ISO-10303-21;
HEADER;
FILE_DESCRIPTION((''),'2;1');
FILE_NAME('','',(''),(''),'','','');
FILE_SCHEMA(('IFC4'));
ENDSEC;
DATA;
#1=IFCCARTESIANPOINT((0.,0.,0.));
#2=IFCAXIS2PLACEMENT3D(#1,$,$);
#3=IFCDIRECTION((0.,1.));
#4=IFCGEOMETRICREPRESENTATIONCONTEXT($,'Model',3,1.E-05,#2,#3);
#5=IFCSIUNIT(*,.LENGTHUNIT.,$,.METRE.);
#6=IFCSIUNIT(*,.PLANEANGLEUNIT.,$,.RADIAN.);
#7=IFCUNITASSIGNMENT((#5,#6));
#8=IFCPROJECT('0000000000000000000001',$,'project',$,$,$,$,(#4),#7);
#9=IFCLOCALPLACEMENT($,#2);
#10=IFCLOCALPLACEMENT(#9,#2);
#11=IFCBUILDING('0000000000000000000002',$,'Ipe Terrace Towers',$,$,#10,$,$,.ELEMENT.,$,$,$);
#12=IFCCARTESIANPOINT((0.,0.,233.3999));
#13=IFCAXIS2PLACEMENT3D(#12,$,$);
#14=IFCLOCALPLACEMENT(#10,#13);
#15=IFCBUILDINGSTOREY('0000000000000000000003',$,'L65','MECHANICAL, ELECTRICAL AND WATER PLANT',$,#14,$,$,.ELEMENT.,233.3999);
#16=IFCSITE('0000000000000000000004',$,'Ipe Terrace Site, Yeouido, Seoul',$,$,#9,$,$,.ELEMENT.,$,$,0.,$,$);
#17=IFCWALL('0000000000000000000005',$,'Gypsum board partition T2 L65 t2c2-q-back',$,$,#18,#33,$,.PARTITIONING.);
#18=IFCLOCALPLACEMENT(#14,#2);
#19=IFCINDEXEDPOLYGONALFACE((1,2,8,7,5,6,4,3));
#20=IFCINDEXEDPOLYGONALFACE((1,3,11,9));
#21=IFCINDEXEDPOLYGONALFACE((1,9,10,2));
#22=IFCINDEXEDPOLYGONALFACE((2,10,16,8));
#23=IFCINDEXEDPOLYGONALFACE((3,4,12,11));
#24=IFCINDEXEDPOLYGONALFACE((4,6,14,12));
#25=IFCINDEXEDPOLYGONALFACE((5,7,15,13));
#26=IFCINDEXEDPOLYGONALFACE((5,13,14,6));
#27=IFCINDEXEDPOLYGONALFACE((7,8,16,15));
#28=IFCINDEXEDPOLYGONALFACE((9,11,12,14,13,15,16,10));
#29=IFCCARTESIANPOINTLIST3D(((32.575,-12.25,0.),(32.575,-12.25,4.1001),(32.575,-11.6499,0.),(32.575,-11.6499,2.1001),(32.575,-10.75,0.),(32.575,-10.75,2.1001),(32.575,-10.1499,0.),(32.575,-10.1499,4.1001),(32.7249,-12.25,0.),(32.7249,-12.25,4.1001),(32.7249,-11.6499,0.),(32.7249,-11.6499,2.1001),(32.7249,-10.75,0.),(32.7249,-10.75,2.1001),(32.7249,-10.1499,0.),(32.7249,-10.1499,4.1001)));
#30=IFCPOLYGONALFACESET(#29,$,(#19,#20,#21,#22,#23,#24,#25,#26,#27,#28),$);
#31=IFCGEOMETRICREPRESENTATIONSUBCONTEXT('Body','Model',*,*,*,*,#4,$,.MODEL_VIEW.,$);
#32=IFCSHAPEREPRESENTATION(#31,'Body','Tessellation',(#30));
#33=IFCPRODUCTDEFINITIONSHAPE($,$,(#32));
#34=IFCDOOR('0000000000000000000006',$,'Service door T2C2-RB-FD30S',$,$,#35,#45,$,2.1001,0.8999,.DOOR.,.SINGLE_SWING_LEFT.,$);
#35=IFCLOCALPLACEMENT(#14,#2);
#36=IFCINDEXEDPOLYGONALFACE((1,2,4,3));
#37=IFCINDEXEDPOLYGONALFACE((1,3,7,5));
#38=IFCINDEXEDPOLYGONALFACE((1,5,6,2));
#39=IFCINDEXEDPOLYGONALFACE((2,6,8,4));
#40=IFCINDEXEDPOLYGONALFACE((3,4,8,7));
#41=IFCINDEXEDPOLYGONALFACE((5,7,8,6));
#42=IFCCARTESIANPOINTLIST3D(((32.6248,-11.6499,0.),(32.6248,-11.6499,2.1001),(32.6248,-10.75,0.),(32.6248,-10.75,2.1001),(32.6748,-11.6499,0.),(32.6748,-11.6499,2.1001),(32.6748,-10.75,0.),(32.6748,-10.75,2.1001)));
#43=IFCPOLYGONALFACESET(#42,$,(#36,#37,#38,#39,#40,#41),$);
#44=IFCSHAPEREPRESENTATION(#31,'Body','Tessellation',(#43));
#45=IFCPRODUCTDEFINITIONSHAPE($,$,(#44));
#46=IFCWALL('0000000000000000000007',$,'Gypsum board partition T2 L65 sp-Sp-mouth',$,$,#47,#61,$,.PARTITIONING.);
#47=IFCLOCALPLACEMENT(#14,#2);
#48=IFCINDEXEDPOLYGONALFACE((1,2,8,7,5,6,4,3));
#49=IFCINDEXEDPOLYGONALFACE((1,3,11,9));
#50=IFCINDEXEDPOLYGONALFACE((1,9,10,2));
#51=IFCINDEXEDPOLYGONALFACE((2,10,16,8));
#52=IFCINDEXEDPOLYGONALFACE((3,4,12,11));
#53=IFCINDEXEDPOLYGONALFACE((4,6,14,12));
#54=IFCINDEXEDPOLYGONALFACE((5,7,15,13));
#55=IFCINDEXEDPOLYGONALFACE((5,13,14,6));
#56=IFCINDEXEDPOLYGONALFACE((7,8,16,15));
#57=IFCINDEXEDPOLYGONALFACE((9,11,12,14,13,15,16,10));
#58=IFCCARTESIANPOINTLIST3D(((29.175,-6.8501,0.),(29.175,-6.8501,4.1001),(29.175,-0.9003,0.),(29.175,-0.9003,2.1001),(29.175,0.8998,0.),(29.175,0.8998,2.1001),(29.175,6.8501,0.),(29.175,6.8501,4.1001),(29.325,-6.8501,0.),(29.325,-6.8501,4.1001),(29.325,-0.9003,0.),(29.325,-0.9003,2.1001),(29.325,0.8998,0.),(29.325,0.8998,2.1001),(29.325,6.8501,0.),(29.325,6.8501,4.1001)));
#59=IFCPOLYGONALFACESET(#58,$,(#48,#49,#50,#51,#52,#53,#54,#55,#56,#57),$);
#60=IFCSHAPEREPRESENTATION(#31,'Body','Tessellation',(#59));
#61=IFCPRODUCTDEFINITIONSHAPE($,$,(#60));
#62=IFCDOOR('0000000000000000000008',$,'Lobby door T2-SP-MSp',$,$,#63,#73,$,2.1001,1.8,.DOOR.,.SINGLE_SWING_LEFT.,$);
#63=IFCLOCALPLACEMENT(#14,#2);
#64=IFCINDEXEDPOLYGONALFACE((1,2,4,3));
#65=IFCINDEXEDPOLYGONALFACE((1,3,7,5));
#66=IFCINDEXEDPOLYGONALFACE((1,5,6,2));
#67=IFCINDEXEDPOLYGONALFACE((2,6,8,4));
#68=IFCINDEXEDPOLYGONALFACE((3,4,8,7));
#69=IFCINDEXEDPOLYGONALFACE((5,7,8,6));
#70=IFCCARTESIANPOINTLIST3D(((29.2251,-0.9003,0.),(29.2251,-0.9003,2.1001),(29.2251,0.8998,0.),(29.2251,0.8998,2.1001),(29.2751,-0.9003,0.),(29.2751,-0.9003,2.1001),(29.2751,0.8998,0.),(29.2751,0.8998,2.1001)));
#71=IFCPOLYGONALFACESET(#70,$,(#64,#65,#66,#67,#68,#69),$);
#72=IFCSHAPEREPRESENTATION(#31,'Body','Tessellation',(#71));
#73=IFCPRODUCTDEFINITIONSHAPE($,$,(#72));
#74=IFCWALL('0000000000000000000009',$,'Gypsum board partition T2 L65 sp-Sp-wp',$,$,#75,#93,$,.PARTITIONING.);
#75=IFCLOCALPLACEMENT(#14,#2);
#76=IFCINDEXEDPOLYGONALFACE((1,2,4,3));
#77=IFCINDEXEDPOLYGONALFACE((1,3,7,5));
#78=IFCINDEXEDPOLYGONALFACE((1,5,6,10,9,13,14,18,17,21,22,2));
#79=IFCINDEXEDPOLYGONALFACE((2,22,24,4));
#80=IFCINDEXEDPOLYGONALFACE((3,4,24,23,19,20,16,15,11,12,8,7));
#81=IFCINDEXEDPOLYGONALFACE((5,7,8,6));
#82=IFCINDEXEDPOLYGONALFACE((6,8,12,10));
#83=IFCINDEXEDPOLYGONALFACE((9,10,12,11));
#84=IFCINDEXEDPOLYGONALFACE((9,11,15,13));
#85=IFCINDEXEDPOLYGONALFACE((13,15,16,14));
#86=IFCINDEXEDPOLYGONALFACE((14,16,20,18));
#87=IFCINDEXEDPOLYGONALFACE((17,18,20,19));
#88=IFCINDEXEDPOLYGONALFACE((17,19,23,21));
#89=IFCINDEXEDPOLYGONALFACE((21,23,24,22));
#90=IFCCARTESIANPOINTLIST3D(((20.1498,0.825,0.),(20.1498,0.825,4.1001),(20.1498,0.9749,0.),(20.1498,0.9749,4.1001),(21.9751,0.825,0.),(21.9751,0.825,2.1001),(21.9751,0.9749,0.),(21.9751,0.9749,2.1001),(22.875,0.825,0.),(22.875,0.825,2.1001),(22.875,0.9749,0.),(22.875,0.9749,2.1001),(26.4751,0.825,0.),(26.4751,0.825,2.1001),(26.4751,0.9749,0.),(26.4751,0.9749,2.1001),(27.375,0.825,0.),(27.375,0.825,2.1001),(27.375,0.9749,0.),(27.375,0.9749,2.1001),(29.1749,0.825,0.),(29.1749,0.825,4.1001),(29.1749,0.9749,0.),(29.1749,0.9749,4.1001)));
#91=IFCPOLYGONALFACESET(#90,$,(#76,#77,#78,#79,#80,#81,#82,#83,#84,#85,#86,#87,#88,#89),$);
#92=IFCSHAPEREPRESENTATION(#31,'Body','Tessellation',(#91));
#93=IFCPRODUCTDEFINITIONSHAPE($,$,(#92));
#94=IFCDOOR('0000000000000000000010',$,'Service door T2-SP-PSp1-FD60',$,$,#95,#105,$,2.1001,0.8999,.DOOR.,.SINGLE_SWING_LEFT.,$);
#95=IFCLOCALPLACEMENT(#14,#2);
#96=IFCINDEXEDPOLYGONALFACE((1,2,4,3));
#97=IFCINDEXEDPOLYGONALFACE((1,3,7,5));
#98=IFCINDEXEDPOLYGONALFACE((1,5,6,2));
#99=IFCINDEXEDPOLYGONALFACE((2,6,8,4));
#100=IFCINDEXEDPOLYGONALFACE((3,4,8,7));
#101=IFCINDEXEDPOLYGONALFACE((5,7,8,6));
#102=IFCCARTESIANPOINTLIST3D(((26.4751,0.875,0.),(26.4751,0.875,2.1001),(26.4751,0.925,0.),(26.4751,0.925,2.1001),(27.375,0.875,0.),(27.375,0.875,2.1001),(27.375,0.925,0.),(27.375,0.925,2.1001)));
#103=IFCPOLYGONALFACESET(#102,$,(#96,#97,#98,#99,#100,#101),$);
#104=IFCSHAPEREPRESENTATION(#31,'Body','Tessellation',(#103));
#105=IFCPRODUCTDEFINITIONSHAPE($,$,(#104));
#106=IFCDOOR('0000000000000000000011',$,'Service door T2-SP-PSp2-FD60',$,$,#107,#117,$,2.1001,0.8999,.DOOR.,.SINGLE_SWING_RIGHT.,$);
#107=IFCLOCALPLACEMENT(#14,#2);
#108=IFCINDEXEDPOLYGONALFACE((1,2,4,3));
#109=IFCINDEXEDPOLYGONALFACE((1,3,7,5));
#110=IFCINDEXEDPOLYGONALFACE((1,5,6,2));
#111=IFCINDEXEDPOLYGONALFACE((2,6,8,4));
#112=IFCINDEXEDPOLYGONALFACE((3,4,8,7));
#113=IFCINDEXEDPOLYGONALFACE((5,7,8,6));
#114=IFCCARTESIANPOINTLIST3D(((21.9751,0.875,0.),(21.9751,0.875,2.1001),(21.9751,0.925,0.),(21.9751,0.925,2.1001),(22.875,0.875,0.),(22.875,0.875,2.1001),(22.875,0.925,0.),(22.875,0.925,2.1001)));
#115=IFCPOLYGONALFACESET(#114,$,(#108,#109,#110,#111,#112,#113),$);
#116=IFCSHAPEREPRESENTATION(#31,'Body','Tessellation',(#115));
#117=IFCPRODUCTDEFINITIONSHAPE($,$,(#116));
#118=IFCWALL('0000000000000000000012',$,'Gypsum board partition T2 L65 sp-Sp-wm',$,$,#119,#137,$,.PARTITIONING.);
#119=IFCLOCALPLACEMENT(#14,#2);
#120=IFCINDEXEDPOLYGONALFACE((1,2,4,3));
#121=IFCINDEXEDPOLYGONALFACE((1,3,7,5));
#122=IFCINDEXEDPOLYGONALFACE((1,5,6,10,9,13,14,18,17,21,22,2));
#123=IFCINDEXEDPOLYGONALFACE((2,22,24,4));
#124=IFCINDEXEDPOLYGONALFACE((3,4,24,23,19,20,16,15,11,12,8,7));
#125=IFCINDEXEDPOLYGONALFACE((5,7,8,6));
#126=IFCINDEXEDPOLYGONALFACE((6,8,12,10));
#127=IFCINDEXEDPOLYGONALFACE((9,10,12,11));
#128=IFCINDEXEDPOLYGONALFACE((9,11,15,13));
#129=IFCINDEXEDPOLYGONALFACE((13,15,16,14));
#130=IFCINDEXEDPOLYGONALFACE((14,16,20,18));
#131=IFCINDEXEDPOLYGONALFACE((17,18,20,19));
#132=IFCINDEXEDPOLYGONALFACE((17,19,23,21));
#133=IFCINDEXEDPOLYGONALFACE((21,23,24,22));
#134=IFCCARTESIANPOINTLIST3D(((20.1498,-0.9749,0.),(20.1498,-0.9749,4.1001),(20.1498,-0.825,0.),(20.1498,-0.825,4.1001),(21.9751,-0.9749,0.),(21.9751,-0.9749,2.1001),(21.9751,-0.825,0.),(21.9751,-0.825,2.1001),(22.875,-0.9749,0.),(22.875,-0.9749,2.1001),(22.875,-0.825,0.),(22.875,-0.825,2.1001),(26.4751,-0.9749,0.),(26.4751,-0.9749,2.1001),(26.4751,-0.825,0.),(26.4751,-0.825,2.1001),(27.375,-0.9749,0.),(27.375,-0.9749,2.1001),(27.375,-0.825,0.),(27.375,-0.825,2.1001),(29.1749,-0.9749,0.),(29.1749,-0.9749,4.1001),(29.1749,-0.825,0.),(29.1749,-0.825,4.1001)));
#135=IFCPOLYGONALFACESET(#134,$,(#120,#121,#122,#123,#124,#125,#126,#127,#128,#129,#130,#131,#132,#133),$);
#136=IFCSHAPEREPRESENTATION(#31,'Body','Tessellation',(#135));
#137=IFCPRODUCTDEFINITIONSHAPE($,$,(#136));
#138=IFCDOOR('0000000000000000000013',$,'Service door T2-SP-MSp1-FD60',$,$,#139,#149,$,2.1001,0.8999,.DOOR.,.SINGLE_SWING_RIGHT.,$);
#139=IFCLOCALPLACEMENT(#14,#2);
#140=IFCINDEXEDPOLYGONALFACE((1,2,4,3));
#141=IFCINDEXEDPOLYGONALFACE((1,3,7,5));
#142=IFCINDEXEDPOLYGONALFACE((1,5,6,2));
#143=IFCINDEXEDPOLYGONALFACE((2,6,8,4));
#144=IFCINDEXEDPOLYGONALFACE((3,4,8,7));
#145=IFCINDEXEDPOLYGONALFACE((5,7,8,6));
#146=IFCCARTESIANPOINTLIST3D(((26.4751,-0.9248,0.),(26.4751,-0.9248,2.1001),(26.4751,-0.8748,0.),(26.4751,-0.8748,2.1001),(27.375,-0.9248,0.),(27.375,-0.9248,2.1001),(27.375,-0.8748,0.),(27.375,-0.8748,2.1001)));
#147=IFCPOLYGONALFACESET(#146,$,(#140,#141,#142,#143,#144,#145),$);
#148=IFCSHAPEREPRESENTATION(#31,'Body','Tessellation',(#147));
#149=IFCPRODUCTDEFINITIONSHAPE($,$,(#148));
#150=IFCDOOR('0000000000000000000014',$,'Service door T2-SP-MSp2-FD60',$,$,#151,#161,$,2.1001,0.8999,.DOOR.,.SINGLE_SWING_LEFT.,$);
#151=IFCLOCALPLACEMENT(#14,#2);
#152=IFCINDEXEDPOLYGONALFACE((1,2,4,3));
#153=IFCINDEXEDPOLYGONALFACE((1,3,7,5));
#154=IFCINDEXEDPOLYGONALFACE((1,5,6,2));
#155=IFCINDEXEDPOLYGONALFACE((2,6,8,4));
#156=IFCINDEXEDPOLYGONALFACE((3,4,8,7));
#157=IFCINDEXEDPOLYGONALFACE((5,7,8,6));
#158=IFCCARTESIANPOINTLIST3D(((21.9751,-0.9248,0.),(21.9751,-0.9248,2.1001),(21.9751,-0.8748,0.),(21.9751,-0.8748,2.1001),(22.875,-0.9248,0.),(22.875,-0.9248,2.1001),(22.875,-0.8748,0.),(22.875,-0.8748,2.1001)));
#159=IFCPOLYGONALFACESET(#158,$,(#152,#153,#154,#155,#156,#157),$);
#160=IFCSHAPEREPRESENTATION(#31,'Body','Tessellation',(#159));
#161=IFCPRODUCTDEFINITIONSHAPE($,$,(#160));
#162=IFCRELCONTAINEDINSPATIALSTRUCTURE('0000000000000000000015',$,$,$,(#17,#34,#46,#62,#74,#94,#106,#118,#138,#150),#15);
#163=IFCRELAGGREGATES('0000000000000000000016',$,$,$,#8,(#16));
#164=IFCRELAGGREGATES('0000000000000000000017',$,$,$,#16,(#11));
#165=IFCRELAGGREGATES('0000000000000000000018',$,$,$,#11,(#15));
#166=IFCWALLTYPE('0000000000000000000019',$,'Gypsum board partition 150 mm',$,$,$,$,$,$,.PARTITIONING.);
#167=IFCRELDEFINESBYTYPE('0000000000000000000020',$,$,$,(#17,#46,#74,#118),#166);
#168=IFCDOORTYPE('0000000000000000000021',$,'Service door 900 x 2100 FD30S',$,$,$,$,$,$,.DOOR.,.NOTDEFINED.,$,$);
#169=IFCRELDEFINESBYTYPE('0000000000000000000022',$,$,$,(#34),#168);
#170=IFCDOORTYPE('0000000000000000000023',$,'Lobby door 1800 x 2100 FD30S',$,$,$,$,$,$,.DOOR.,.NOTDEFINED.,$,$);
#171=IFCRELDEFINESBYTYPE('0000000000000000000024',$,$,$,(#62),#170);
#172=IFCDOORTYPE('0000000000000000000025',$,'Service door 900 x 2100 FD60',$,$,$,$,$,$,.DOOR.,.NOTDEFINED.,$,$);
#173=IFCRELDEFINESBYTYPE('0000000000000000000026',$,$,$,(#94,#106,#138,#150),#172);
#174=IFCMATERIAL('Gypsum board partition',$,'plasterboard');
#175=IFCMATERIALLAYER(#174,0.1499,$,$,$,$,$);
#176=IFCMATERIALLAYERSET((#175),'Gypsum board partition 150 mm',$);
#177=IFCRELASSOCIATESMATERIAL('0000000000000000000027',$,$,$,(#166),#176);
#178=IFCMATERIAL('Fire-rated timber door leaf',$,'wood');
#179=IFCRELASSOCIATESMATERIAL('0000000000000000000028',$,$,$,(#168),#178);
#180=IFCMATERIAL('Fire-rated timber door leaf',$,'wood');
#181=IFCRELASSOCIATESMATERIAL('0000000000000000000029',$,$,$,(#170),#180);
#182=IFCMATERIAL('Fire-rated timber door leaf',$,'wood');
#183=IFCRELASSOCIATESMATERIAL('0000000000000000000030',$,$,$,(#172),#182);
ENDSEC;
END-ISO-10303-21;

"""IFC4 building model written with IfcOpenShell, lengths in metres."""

from ifc_helpers import new_model, si_unit, direction, frame, frame_2d, origin, place, context, subcontext, project, spatial, rectangle, extrude, material, layer, layer_set, type_object, element, fill, save


model = new_model("IFC4")

# Units and contexts
model_context = context("Model", 3, precision=1e-05, world=origin(), true_north=direction((0.0, 1.0)))
body_context = subcontext(model_context, "Body", "Model", "MODEL_VIEW")
ifc_project = project(units=[si_unit("LENGTHUNIT", "METRE"), si_unit("PLANEANGLEUNIT", "RADIAN")], contexts=[model_context])

# Site, building, storey
site_placement = place(None, origin())
site = spatial("IfcSite", under=ifc_project, at=site_placement, Name="Ipe Terrace Site, Yeouido, Seoul", CompositionType="ELEMENT", RefElevation=0.0)
building_placement = place(site_placement, origin())
building = spatial("IfcBuilding", under=site, at=building_placement, Name="Ipe Terrace Towers", CompositionType="ELEMENT")
storey_placement = place(building_placement, frame((0.0, 0.0, 233.3999)))
storey = spatial("IfcBuildingStorey", under=building, at=storey_placement, Name="L65", Description="MECHANICAL, ELECTRICAL AND WATER PLANT", CompositionType="ELEMENT", Elevation=233.3999)

# Walls, openings, doors
ifc_material_1 = material(Name="Gypsum board partition", Category="plasterboard")
ifc_layer_1 = layer(ifc_material_1, 0.1499)
ifc_layer_set_1 = layer_set([ifc_layer_1], Name="Gypsum board partition 150 mm")
wall_type_1 = type_object("IfcWallType", Name="Gypsum board partition 150 mm", PredefinedType="PARTITIONING", material=ifc_layer_set_1)
wall_1_placement = place(storey_placement, frame((32.6499, -10.1499, 0.0), z_axis=(0.0, 0.0, 1.0), x_axis=(0.0, -1.0, 0.0)))
wall_1 = element("IfcWall", 1, at=wall_1_placement, inside=storey, type_object=wall_type_1, Name="Gypsum board partition T2 L65 t2c2-q-back", PredefinedType="PARTITIONING", context=body_context, shape_type="SweptSolid", body=[
    extrude(rectangle(XDim=2.1001, YDim=0.1499, at=frame_2d((1.05, 0.0))), origin(), (0.0, 0.0, 1.0), 4.1001),
])
opening_1_placement = place(wall_1_placement, frame((0.6001, 0.0, 0.0)))
opening_1 = element("IfcOpeningElement", 2, at=opening_1_placement, cuts=wall_1, PredefinedType="OPENING", context=body_context, shape_type="SweptSolid", body=[
    extrude(rectangle(XDim=0.8999, YDim=2.1001, at=frame_2d((0.45, 1.05))), frame((0.0, 0.085, 0.0), z_axis=(0.0, -1.0, 0.0), x_axis=(1.0, 0.0, 0.0)), (0.0, 0.0, 1.0), 0.1699),
])
ifc_material_2 = material(Name="Fire-rated timber door leaf", Category="wood")
door_type_1 = type_object("IfcDoorType", Name="Service door 900 x 2100 FD30S", OperationType="NOTDEFINED", PredefinedType="DOOR", material=ifc_material_2)
door_1_placement = place(opening_1_placement, origin())
door_1 = element("IfcDoor", 3, at=door_1_placement, inside=storey, type_object=door_type_1, Name="Service door T2C2-RB-FD30S", OperationType="SINGLE_SWING_LEFT", OverallHeight=2.1001, OverallWidth=0.8999, PredefinedType="DOOR", context=body_context, shape_type="SweptSolid", body=[
    extrude(rectangle(XDim=0.8999, YDim=2.1001, at=frame_2d((0.45, 1.05))), frame((0.0, 0.0249, 0.0), z_axis=(0.0, -1.0, 0.0), x_axis=(1.0, 0.0, 0.0)), (0.0, 0.0, 1.0), 0.05),
])
fill(opening_1, door_1)
wall_2_placement = place(storey_placement, frame((29.25, -6.8501, 0.0), z_axis=(0.0, 0.0, 1.0), x_axis=(0.0, 1.0, 0.0)))
wall_2 = element("IfcWall", 4, at=wall_2_placement, inside=storey, type_object=wall_type_1, Name="Gypsum board partition T2 L65 sp-Sp-mouth", PredefinedType="PARTITIONING", context=body_context, shape_type="SweptSolid", body=[
    extrude(rectangle(XDim=13.7002, YDim=0.1499, at=frame_2d((6.8501, 0.0))), origin(), (0.0, 0.0, 1.0), 4.1001),
])
opening_2_placement = place(wall_2_placement, frame((5.95, 0.0, 0.0)))
opening_2 = element("IfcOpeningElement", 5, at=opening_2_placement, cuts=wall_2, PredefinedType="OPENING", context=body_context, shape_type="SweptSolid", body=[
    extrude(rectangle(XDim=1.8, YDim=2.1001, at=frame_2d((0.8999, 1.05))), frame((0.0, 0.085, 0.0), z_axis=(0.0, -1.0, 0.0), x_axis=(1.0, 0.0, 0.0)), (0.0, 0.0, 1.0), 0.1699),
])
ifc_material_3 = material(Name="Fire-rated timber door leaf", Category="wood")
door_type_2 = type_object("IfcDoorType", Name="Lobby door 1800 x 2100 FD30S", OperationType="NOTDEFINED", PredefinedType="DOOR", material=ifc_material_3)
door_2_placement = place(opening_2_placement, origin())
door_2 = element("IfcDoor", 6, at=door_2_placement, inside=storey, type_object=door_type_2, Name="Lobby door T2-SP-MSp", OperationType="SINGLE_SWING_LEFT", OverallHeight=2.1001, OverallWidth=1.8, PredefinedType="DOOR", context=body_context, shape_type="SweptSolid", body=[
    extrude(rectangle(XDim=1.8, YDim=2.1001, at=frame_2d((0.8999, 1.05))), frame((0.0, 0.0249, 0.0), z_axis=(0.0, -1.0, 0.0), x_axis=(1.0, 0.0, 0.0)), (0.0, 0.0, 1.0), 0.05),
])
fill(opening_2, door_2)

# Walls, openings, doors
wall_3_placement = place(storey_placement, frame((29.175, 0.8999, 0.0), z_axis=(0.0, 0.0, 1.0), x_axis=(-1.0, 0.0, 0.0)))
wall_3 = element("IfcWall", 7, at=wall_3_placement, inside=storey, type_object=wall_type_1, Name="Gypsum board partition T2 L65 sp-Sp-wp", PredefinedType="PARTITIONING", context=body_context, shape_type="SweptSolid", body=[
    extrude(rectangle(XDim=9.0251, YDim=0.1499, at=frame_2d((4.5127, 0.0))), origin(), (0.0, 0.0, 1.0), 4.1001),
])
opening_3_placement = place(wall_3_placement, frame((1.8, 0.0, 0.0)))
opening_3 = element("IfcOpeningElement", 8, at=opening_3_placement, cuts=wall_3, PredefinedType="OPENING", context=body_context, shape_type="SweptSolid", body=[
    extrude(rectangle(XDim=0.8999, YDim=2.1001, at=frame_2d((0.45, 1.05))), frame((0.0, 0.085, 0.0), z_axis=(0.0, -1.0, 0.0), x_axis=(1.0, 0.0, 0.0)), (0.0, 0.0, 1.0), 0.1699),
])
opening_4_placement = place(wall_3_placement, frame((6.3, 0.0, 0.0)))
opening_4 = element("IfcOpeningElement", 9, at=opening_4_placement, cuts=wall_3, PredefinedType="OPENING", context=body_context, shape_type="SweptSolid", body=[
    extrude(rectangle(XDim=0.8999, YDim=2.1001, at=frame_2d((0.45, 1.05))), frame((0.0, 0.085, 0.0), z_axis=(0.0, -1.0, 0.0), x_axis=(1.0, 0.0, 0.0)), (0.0, 0.0, 1.0), 0.1699),
])
ifc_material_4 = material(Name="Fire-rated timber door leaf", Category="wood")
door_type_3 = type_object("IfcDoorType", Name="Service door 900 x 2100 FD60", OperationType="NOTDEFINED", PredefinedType="DOOR", material=ifc_material_4)
door_3_placement = place(opening_3_placement, origin())
door_3 = element("IfcDoor", 10, at=door_3_placement, inside=storey, type_object=door_type_3, Name="Service door T2-SP-PSp1-FD60", OperationType="SINGLE_SWING_LEFT", OverallHeight=2.1001, OverallWidth=0.8999, PredefinedType="DOOR", context=body_context, shape_type="SweptSolid", body=[
    extrude(rectangle(XDim=0.8999, YDim=2.1001, at=frame_2d((0.45, 1.05))), frame((0.0, 0.0249, 0.0), z_axis=(0.0, -1.0, 0.0), x_axis=(1.0, 0.0, 0.0)), (0.0, 0.0, 1.0), 0.05),
])
fill(opening_3, door_3)
door_4_placement = place(opening_4_placement, origin())
door_4 = element("IfcDoor", 11, at=door_4_placement, inside=storey, type_object=door_type_3, Name="Service door T2-SP-PSp2-FD60", OperationType="SINGLE_SWING_RIGHT", OverallHeight=2.1001, OverallWidth=0.8999, PredefinedType="DOOR", context=body_context, shape_type="SweptSolid", body=[
    extrude(rectangle(XDim=0.8999, YDim=2.1001, at=frame_2d((0.45, 1.05))), frame((0.0, 0.0249, 0.0), z_axis=(0.0, -1.0, 0.0), x_axis=(1.0, 0.0, 0.0)), (0.0, 0.0, 1.0), 0.05),
])
fill(opening_4, door_4)
wall_4_placement = place(storey_placement, frame((29.175, -0.8999, 0.0), z_axis=(0.0, 0.0, 1.0), x_axis=(-1.0, 0.0, 0.0)))
wall_4 = element("IfcWall", 12, at=wall_4_placement, inside=storey, type_object=wall_type_1, Name="Gypsum board partition T2 L65 sp-Sp-wm", PredefinedType="PARTITIONING", context=body_context, shape_type="SweptSolid", body=[
    extrude(rectangle(XDim=9.0251, YDim=0.1499, at=frame_2d((4.5127, 0.0))), origin(), (0.0, 0.0, 1.0), 4.1001),
])
opening_5_placement = place(wall_4_placement, frame((1.8, 0.0, 0.0)))
opening_5 = element("IfcOpeningElement", 13, at=opening_5_placement, cuts=wall_4, PredefinedType="OPENING", context=body_context, shape_type="SweptSolid", body=[
    extrude(rectangle(XDim=0.8999, YDim=2.1001, at=frame_2d((0.45, 1.05))), frame((0.0, 0.085, 0.0), z_axis=(0.0, -1.0, 0.0), x_axis=(1.0, 0.0, 0.0)), (0.0, 0.0, 1.0), 0.1699),
])
opening_6_placement = place(wall_4_placement, frame((6.3, 0.0, 0.0)))
opening_6 = element("IfcOpeningElement", 14, at=opening_6_placement, cuts=wall_4, PredefinedType="OPENING", context=body_context, shape_type="SweptSolid", body=[
    extrude(rectangle(XDim=0.8999, YDim=2.1001, at=frame_2d((0.45, 1.05))), frame((0.0, 0.085, 0.0), z_axis=(0.0, -1.0, 0.0), x_axis=(1.0, 0.0, 0.0)), (0.0, 0.0, 1.0), 0.1699),
])
door_5_placement = place(opening_5_placement, origin())
door_5 = element("IfcDoor", 15, at=door_5_placement, inside=storey, type_object=door_type_3, Name="Service door T2-SP-MSp1-FD60", OperationType="SINGLE_SWING_RIGHT", OverallHeight=2.1001, OverallWidth=0.8999, PredefinedType="DOOR", context=body_context, shape_type="SweptSolid", body=[
    extrude(rectangle(XDim=0.8999, YDim=2.1001, at=frame_2d((0.45, 1.05))), frame((0.0, 0.0249, 0.0), z_axis=(0.0, -1.0, 0.0), x_axis=(1.0, 0.0, 0.0)), (0.0, 0.0, 1.0), 0.05),
])
fill(opening_5, door_5)
door_6_placement = place(opening_6_placement, origin())
door_6 = element("IfcDoor", 16, at=door_6_placement, inside=storey, type_object=door_type_3, Name="Service door T2-SP-MSp2-FD60", OperationType="SINGLE_SWING_LEFT", OverallHeight=2.1001, OverallWidth=0.8999, PredefinedType="DOOR", context=body_context, shape_type="SweptSolid", body=[
    extrude(rectangle(XDim=0.8999, YDim=2.1001, at=frame_2d((0.45, 1.05))), frame((0.0, 0.0249, 0.0), z_axis=(0.0, -1.0, 0.0), x_axis=(1.0, 0.0, 0.0)), (0.0, 0.0, 1.0), 0.05),
])
fill(opening_6, door_6)

save(model, "model.ifc")
